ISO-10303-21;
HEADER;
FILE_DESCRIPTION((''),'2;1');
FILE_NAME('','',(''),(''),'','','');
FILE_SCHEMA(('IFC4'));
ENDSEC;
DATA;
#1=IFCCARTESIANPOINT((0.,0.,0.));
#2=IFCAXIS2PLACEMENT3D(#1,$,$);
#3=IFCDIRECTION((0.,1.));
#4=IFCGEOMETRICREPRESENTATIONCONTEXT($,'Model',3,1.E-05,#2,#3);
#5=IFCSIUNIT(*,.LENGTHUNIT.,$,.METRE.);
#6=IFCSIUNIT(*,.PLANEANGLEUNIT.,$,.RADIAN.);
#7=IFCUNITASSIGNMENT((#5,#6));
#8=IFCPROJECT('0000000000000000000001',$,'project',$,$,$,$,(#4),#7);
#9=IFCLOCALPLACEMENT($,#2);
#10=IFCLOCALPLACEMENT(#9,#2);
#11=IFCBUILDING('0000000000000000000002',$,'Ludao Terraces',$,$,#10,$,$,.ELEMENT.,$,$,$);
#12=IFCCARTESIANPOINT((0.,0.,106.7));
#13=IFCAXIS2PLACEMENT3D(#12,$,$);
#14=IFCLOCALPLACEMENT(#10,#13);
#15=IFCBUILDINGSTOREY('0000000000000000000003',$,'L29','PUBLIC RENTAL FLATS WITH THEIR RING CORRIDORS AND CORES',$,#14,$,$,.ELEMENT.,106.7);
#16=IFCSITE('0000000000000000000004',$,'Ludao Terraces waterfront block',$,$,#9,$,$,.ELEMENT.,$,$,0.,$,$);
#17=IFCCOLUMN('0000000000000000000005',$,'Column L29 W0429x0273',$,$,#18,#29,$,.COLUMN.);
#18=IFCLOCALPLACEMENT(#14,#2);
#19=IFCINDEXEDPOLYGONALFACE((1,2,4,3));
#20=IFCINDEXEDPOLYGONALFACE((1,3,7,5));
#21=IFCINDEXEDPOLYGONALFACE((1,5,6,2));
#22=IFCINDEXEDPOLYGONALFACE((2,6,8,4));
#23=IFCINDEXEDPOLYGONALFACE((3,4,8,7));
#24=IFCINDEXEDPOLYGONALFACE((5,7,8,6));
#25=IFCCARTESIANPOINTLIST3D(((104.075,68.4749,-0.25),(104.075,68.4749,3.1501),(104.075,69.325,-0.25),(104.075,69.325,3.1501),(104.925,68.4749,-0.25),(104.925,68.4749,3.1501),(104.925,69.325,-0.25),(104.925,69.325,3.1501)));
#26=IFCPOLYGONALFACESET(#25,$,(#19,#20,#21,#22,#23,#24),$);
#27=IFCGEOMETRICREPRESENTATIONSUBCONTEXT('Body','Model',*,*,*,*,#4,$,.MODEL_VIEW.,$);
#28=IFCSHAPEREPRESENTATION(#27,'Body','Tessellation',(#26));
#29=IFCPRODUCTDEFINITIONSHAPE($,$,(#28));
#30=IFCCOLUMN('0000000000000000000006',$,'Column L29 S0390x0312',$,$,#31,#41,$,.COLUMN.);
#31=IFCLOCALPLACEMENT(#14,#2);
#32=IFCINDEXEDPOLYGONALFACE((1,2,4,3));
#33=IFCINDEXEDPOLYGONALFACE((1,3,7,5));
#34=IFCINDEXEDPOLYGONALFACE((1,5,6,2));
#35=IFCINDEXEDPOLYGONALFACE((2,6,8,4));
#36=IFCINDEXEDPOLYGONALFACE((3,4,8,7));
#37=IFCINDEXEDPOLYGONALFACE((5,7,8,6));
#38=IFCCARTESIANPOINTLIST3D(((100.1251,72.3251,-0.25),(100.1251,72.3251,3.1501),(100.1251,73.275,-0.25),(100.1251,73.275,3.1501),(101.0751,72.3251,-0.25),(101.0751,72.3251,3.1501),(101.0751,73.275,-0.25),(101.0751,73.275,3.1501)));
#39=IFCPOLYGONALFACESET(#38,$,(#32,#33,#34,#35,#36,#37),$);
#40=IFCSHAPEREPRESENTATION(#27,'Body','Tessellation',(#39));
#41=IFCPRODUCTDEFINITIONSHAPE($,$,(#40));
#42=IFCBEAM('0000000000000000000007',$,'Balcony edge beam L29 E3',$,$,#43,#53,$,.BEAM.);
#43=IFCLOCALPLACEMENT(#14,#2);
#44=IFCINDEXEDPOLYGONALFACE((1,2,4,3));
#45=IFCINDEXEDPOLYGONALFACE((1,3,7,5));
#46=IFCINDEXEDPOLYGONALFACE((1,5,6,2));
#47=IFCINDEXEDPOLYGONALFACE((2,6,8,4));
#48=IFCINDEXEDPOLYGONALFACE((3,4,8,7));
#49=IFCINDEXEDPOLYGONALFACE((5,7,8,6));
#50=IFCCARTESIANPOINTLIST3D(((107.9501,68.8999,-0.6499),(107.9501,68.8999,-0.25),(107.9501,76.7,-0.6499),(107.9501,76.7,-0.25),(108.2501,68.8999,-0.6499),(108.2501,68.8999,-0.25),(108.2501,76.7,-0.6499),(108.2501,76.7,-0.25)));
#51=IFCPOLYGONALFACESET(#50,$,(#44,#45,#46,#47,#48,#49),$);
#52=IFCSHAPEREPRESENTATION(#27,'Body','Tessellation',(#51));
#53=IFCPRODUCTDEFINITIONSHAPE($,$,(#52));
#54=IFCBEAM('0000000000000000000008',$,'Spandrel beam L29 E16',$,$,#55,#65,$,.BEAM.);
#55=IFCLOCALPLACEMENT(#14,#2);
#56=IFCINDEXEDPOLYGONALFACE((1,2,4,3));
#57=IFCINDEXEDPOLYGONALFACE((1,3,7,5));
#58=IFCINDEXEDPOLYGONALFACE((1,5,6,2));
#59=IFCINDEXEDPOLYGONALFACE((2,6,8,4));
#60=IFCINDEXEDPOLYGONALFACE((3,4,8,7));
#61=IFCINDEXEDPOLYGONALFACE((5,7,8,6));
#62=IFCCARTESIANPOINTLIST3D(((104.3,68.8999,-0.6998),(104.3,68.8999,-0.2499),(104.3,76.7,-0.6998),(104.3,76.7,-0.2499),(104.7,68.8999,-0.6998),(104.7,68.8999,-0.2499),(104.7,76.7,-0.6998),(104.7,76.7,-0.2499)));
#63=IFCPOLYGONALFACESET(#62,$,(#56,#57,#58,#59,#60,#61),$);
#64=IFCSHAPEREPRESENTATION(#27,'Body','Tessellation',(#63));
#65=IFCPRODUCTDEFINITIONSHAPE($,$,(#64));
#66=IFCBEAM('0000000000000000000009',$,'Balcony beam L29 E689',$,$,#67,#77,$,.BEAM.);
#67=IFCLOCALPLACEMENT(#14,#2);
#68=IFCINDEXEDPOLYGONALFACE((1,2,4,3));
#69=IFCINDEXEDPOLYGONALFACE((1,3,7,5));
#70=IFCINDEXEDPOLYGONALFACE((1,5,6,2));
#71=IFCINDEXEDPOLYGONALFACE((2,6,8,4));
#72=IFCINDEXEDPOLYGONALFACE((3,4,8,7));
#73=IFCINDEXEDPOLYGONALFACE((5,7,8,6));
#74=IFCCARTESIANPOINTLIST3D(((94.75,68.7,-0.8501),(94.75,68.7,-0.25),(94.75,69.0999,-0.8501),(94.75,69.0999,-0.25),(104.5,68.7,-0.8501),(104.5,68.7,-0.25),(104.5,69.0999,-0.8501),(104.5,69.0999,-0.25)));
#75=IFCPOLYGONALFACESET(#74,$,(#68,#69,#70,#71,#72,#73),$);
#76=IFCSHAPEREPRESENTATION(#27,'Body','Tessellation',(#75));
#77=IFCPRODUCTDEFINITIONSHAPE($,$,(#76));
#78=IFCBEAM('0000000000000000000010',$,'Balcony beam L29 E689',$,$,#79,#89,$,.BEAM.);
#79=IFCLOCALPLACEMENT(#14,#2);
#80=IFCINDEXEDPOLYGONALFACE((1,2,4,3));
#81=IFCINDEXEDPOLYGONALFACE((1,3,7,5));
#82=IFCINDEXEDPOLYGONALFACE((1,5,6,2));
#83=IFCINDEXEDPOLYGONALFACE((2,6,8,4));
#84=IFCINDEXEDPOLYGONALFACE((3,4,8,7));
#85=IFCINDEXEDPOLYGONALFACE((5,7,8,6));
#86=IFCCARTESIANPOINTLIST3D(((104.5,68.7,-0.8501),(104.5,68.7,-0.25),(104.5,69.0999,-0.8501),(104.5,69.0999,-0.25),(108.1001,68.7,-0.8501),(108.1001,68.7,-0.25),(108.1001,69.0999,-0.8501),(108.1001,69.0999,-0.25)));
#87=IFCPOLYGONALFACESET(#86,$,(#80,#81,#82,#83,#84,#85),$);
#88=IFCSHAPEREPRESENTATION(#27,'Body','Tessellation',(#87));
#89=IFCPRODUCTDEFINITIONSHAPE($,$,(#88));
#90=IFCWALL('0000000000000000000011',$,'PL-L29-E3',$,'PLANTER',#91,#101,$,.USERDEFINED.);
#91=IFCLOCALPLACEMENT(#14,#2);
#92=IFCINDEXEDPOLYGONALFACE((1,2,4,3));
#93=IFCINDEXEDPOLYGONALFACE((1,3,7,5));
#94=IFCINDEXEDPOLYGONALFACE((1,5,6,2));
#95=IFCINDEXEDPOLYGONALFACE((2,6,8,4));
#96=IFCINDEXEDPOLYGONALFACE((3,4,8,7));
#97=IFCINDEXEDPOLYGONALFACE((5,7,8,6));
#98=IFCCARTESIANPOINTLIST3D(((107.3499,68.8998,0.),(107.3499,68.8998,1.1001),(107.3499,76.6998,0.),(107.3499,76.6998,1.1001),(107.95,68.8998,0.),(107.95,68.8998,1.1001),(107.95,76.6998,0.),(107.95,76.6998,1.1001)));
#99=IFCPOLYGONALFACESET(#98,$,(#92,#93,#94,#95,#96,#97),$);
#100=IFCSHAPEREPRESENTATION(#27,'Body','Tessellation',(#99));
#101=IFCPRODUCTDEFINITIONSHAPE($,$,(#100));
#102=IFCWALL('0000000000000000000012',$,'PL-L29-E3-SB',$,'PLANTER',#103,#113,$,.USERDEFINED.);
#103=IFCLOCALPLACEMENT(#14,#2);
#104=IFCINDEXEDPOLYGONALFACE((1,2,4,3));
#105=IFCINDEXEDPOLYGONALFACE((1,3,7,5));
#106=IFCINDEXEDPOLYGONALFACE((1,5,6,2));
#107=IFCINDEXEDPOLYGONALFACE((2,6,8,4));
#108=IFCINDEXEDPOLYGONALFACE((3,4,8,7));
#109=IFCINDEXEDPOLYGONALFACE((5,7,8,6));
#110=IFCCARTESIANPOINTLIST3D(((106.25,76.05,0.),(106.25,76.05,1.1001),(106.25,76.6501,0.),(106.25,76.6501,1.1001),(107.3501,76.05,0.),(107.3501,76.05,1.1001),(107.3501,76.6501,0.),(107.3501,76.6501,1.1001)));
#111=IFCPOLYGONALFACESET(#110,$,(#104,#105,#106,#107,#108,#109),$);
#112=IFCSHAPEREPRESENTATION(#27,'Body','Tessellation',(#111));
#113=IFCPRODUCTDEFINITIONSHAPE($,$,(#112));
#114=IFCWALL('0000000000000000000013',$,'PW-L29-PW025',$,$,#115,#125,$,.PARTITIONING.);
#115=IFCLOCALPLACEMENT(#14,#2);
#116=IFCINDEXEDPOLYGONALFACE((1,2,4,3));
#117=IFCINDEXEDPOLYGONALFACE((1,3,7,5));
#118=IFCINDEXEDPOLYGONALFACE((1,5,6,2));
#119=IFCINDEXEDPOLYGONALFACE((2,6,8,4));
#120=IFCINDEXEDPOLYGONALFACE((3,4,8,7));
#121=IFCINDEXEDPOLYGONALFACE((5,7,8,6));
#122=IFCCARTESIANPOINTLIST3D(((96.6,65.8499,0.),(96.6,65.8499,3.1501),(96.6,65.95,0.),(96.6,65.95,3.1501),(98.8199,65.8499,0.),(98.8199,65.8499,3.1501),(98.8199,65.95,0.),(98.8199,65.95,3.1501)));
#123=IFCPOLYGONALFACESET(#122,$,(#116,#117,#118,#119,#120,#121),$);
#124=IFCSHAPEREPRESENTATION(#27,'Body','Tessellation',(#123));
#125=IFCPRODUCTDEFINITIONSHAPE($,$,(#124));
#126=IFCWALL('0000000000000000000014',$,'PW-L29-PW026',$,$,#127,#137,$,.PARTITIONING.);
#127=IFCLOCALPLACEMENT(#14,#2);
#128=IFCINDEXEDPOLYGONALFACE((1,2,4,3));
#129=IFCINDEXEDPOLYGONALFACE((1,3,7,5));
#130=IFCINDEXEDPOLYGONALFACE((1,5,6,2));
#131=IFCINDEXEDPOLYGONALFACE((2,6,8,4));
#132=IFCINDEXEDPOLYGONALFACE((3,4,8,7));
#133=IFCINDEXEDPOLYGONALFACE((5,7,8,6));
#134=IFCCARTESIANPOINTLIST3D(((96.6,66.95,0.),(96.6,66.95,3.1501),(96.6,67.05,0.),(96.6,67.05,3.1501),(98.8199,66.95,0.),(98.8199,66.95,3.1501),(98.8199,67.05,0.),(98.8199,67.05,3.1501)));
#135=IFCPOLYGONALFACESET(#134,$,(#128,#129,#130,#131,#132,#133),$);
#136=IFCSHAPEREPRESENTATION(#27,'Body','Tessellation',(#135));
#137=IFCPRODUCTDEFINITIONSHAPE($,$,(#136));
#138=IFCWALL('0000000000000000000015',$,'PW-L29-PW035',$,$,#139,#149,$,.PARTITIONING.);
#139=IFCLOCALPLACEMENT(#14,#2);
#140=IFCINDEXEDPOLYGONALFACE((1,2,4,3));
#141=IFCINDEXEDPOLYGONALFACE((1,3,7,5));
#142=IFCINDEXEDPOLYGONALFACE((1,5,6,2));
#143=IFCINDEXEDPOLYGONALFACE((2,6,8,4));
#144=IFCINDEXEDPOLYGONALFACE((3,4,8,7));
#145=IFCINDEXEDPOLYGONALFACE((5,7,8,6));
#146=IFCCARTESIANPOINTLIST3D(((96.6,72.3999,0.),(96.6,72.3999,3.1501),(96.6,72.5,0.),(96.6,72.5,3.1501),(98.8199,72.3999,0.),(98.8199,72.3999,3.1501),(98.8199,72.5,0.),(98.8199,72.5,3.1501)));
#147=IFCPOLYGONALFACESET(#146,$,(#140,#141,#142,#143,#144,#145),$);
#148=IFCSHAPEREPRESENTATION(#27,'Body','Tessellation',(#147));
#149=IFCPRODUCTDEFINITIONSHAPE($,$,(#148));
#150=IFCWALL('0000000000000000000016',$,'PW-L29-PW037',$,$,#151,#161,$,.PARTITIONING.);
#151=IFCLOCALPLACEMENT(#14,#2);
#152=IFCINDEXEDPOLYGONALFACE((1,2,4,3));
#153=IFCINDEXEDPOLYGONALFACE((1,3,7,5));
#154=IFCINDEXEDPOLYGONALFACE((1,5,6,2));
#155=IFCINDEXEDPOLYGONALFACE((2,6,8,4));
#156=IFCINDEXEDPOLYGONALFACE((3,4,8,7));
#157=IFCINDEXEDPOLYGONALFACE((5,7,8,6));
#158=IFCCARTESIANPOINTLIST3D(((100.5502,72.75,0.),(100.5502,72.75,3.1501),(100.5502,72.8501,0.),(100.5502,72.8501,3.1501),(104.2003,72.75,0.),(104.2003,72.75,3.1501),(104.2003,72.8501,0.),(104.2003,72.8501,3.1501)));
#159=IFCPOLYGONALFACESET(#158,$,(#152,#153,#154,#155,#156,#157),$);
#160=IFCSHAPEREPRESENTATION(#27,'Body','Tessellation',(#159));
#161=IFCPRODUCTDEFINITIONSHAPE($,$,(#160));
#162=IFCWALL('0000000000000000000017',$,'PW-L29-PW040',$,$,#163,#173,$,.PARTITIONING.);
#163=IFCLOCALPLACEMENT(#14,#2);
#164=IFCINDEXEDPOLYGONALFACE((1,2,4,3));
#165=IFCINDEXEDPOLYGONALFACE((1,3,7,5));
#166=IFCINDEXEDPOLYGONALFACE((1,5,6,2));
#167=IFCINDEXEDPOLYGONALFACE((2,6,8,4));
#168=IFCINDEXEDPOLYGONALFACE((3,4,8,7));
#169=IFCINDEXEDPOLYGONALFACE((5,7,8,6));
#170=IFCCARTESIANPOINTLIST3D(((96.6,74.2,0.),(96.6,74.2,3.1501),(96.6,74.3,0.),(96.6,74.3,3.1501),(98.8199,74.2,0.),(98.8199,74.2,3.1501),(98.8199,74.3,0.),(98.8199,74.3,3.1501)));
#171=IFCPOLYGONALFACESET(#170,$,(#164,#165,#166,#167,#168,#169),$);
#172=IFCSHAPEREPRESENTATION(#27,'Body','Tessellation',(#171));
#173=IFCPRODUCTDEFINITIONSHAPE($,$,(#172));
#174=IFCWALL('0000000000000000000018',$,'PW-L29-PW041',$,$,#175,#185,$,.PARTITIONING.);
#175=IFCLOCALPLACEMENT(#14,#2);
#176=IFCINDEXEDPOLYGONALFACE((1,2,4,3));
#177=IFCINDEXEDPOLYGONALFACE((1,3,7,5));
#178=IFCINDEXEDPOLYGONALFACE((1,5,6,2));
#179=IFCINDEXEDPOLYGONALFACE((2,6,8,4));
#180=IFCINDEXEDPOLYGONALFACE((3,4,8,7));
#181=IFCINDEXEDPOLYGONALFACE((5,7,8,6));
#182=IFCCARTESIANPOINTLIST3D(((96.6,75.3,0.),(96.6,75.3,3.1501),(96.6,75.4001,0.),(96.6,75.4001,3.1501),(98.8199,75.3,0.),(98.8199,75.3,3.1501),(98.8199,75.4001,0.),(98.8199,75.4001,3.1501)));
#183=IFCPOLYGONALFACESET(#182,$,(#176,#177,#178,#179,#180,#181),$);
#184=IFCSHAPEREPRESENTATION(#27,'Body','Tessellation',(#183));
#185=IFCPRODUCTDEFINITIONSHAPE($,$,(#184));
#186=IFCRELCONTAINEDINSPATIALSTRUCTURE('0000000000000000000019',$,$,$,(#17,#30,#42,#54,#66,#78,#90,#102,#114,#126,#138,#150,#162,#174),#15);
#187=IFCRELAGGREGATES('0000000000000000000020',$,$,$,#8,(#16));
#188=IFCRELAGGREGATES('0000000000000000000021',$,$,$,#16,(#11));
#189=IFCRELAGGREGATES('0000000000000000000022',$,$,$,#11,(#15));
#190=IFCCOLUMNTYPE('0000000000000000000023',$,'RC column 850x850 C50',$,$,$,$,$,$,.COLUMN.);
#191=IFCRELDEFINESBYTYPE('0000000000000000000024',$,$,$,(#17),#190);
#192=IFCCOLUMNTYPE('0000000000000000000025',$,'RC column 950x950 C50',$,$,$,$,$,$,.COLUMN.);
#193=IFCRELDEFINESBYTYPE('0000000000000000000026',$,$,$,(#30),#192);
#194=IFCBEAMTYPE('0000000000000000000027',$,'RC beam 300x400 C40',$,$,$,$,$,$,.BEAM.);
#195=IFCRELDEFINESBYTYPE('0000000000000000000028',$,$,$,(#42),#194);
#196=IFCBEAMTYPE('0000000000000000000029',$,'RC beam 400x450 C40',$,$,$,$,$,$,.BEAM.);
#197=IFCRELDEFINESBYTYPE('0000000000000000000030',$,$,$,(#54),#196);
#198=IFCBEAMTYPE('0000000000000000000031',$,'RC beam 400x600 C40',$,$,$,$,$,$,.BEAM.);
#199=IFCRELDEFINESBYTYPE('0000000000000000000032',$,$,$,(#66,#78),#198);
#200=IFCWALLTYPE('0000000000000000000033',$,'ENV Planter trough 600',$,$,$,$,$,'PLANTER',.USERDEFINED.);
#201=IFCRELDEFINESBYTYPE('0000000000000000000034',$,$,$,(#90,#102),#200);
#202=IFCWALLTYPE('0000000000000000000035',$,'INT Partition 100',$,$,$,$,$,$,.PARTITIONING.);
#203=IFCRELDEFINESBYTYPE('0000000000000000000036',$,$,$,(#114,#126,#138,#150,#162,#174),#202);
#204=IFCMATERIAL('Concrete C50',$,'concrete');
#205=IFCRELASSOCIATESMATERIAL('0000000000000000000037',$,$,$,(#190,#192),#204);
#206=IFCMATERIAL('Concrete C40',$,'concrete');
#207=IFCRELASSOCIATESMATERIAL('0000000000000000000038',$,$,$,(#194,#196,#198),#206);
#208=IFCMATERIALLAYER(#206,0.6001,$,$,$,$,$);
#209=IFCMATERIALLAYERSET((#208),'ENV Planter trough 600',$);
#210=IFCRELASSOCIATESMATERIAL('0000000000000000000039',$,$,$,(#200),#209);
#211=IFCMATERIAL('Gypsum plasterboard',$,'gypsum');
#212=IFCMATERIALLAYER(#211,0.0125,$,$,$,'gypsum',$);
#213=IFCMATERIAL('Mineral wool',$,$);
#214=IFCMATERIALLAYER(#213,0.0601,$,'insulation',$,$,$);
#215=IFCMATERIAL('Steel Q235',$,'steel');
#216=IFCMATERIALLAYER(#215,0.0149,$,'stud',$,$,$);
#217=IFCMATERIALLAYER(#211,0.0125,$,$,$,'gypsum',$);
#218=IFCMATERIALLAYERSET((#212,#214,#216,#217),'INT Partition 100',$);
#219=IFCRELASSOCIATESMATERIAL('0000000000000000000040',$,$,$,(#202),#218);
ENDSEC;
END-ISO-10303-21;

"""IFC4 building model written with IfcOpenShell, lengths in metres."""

from ifc_helpers import new_model, si_unit, direction, frame, frame_2d, origin, origin_2d, place, context, subcontext, project, spatial, rectangle, extrude, material, layer, layer_set, material_profile, profile_set, type_object, element, save


model = new_model("IFC4")

# Units and contexts
model_context = context("Model", 3, precision=1e-05, world=origin(), true_north=direction((0.0, 1.0)))
body_context = subcontext(model_context, "Body", "Model", "MODEL_VIEW")
ifc_project = project(units=[si_unit("LENGTHUNIT", "METRE"), si_unit("PLANEANGLEUNIT", "RADIAN")], contexts=[model_context])

# Site, building, storey
site_placement = place(None, origin())
site = spatial("IfcSite", under=ifc_project, at=site_placement, Name="Ludao Terraces waterfront block", CompositionType="ELEMENT", RefElevation=0.0)
building_placement = place(site_placement, origin())
building = spatial("IfcBuilding", under=site, at=building_placement, Name="Ludao Terraces", CompositionType="ELEMENT")
storey_placement = place(building_placement, frame((0.0, 0.0, 106.7)))
storey = spatial("IfcBuildingStorey", under=building, at=storey_placement, Name="L29", Description="PUBLIC RENTAL FLATS WITH THEIR RING CORRIDORS AND CORES", CompositionType="ELEMENT", Elevation=106.7)

# Columns
ifc_material_1 = material(Name="Concrete C50", Category="concrete")
ifc_material_profile_1 = material_profile(ifc_material_1, rectangle(XDim=0.8501, YDim=0.8501, at=origin_2d()), Name="850 X 850")
ifc_profile_set_1 = profile_set([ifc_material_profile_1], Name="Concrete C50")
column_type_1 = type_object("IfcColumnType", Name="RC column 850x850 C50", PredefinedType="COLUMN", material=ifc_profile_set_1)
column_1_placement = place(storey_placement, frame((104.5, 68.8999, -0.25), z_axis=(0.0, 0.0, 1.0), x_axis=(1.0, 0.0, 0.0)))
element("IfcColumn", 1, at=column_1_placement, inside=storey, type_object=column_type_1, Name="Column L29 W0429x0273", PredefinedType="COLUMN", context=body_context, shape_type="SweptSolid", body=[
    extrude(rectangle(XDim=0.8501, YDim=0.8501, at=origin_2d()), origin(), (0.0, 0.0, 1.0), 3.4001),
])
ifc_material_profile_2 = material_profile(ifc_material_1, rectangle(XDim=0.95, YDim=0.95, at=origin_2d()), Name="950 X 950")
ifc_profile_set_2 = profile_set([ifc_material_profile_2], Name="Concrete C50")
column_type_2 = type_object("IfcColumnType", Name="RC column 950x950 C50", PredefinedType="COLUMN", material=ifc_profile_set_2)
column_2_placement = place(storey_placement, frame((100.6001, 72.8, -0.25), z_axis=(0.0, 0.0, 1.0), x_axis=(1.0, 0.0, 0.0)))
element("IfcColumn", 2, at=column_2_placement, inside=storey, type_object=column_type_2, Name="Column L29 S0390x0312", PredefinedType="COLUMN", context=body_context, shape_type="SweptSolid", body=[
    extrude(rectangle(XDim=0.95, YDim=0.95, at=origin_2d()), origin(), (0.0, 0.0, 1.0), 3.4001),
])

# Beams
ifc_material_2 = material(Name="Concrete C40", Category="concrete")
ifc_material_profile_3 = material_profile(ifc_material_2, rectangle(XDim=0.3, YDim=0.3999, at=origin_2d()), Name="300 X 400")
ifc_profile_set_3 = profile_set([ifc_material_profile_3], Name="Concrete C40")
beam_type_1 = type_object("IfcBeamType", Name="RC beam 300x400 C40", PredefinedType="BEAM", material=ifc_profile_set_3)
beam_1_placement = place(storey_placement, frame((108.1001, 68.8999, -0.45), z_axis=(0.0, 1.0, 0.0), x_axis=(-1.0, 0.0, 0.0)))
element("IfcBeam", 3, at=beam_1_placement, inside=storey, type_object=beam_type_1, Name="Balcony edge beam L29 E3", PredefinedType="BEAM", context=body_context, shape_type="SweptSolid", body=[
    extrude(rectangle(XDim=0.3, YDim=0.3999, at=origin_2d()), origin(), (0.0, 0.0, 1.0), 7.8),
])
ifc_material_profile_4 = material_profile(ifc_material_2, rectangle(XDim=0.3999, YDim=0.45, at=origin_2d()), Name="400 X 450")
ifc_profile_set_4 = profile_set([ifc_material_profile_4], Name="Concrete C40")
beam_type_2 = type_object("IfcBeamType", Name="RC beam 400x450 C40", PredefinedType="BEAM", material=ifc_profile_set_4)
beam_2_placement = place(storey_placement, frame((104.5, 68.8999, -0.4749), z_axis=(0.0, 1.0, 0.0), x_axis=(-1.0, 0.0, 0.0)))
element("IfcBeam", 4, at=beam_2_placement, inside=storey, type_object=beam_type_2, Name="Spandrel beam L29 E16", PredefinedType="BEAM", context=body_context, shape_type="SweptSolid", body=[
    extrude(rectangle(XDim=0.3999, YDim=0.45, at=origin_2d()), origin(), (0.0, 0.0, 1.0), 7.8),
])
ifc_material_profile_5 = material_profile(ifc_material_2, rectangle(XDim=0.3999, YDim=0.6001, at=origin_2d()), Name="400 X 600")
ifc_profile_set_5 = profile_set([ifc_material_profile_5], Name="Concrete C40")
beam_type_3 = type_object("IfcBeamType", Name="RC beam 400x600 C40", PredefinedType="BEAM", material=ifc_profile_set_5)
beam_3_placement = place(storey_placement, frame((94.75, 68.8999, -0.55), z_axis=(1.0, 0.0, 0.0), x_axis=(0.0, 1.0, 0.0)))
element("IfcBeam", 5, at=beam_3_placement, inside=storey, type_object=beam_type_3, Name="Balcony beam L29 E689", PredefinedType="BEAM", context=body_context, shape_type="SweptSolid", body=[
    extrude(rectangle(XDim=0.3999, YDim=0.6001, at=origin_2d()), origin(), (0.0, 0.0, 1.0), 9.75),
])
beam_4_placement = place(storey_placement, frame((104.5, 68.8999, -0.55), z_axis=(1.0, 0.0, 0.0), x_axis=(0.0, 1.0, 0.0)))
element("IfcBeam", 6, at=beam_4_placement, inside=storey, type_object=beam_type_3, Name="Balcony beam L29 E689", PredefinedType="BEAM", context=body_context, shape_type="SweptSolid", body=[
    extrude(rectangle(XDim=0.3999, YDim=0.6001, at=origin_2d()), origin(), (0.0, 0.0, 1.0), 3.6001),
])

# Walls
ifc_layer_1 = layer(ifc_material_2, 0.6001)
ifc_layer_set_1 = layer_set([ifc_layer_1], Name="ENV Planter trough 600")
wall_type_1 = type_object("IfcWallType", Name="ENV Planter trough 600", ElementType="PLANTER", PredefinedType="USERDEFINED", material=ifc_layer_set_1)
wall_1_placement = place(storey_placement, frame((107.6499, 68.8999, 0.0), z_axis=(0.0, 0.0, 1.0), x_axis=(0.0, 1.0, 0.0)))
element("IfcWall", 7, at=wall_1_placement, inside=storey, type_object=wall_type_1, Name="PL-L29-E3", ObjectType="PLANTER", PredefinedType="USERDEFINED", context=body_context, shape_type="SweptSolid", body=[
    extrude(rectangle(XDim=7.8, YDim=0.6001, at=frame_2d((3.8999, 0.0))), origin(), (0.0, 0.0, 1.0), 1.1001),
])
wall_2_placement = place(storey_placement, frame((107.3501, 76.3501, 0.0), z_axis=(0.0, 0.0, 1.0), x_axis=(-1.0, 0.0, 0.0)))
element("IfcWall", 8, at=wall_2_placement, inside=storey, type_object=wall_type_1, Name="PL-L29-E3-SB", ObjectType="PLANTER", PredefinedType="USERDEFINED", context=body_context, shape_type="SweptSolid", body=[
    extrude(rectangle(XDim=1.1001, YDim=0.6001, at=frame_2d((0.55, 0.0))), origin(), (0.0, 0.0, 1.0), 1.1001),
])

# Shared definitions
ifc_material_3 = material(Name="Mineral wool")

# Walls
ifc_material_4 = material(Name="Gypsum plasterboard", Category="gypsum")
ifc_layer_2 = layer(ifc_material_4, 0.0125, Category="gypsum")
ifc_layer_3 = layer(ifc_material_3, 0.0601, Name="insulation")
ifc_material_5 = material(Name="Steel Q235", Category="steel")
ifc_layer_4 = layer(ifc_material_5, 0.0149, Name="stud")
ifc_layer_5 = layer(ifc_material_4, 0.0125, Category="gypsum")
ifc_layer_set_2 = layer_set([ifc_layer_2, ifc_layer_3, ifc_layer_4, ifc_layer_5], Name="INT Partition 100")
wall_type_2 = type_object("IfcWallType", Name="INT Partition 100", PredefinedType="PARTITIONING", material=ifc_layer_set_2)
for number, where, z_axis, x_axis, name in (
    (9, (96.6001, 65.8999, 0.0), (0.0, 0.0, 1.0), (1.0, 0.0, 0.0), "PW-L29-PW025"),
    (10, (96.6001, 67.0, 0.0), (0.0, 0.0, 1.0), (1.0, 0.0, 0.0), "PW-L29-PW026"),
    (11, (96.6001, 72.45, 0.0), (0.0, 0.0, 1.0), (1.0, 0.0, 0.0), "PW-L29-PW035"),
):
    element("IfcWall", number, at=place(storey_placement, frame(where, z_axis=z_axis, x_axis=x_axis)), inside=storey, type_object=wall_type_2, Name=name, PredefinedType="PARTITIONING", context=body_context, shape_type="SweptSolid", body=[
        extrude(rectangle(XDim=2.22, YDim=0.1001, at=frame_2d((1.1099, 0.0))), origin(), (0.0, 0.0, 1.0), 3.1501),
    ])
wall_3_placement = place(storey_placement, frame((100.55, 72.8, 0.0), z_axis=(0.0, 0.0, 1.0), x_axis=(1.0, 0.0, 0.0)))
element("IfcWall", 12, at=wall_3_placement, inside=storey, type_object=wall_type_2, Name="PW-L29-PW037", PredefinedType="PARTITIONING", context=body_context, shape_type="SweptSolid", body=[
    extrude(rectangle(XDim=3.6501, YDim=0.1001, at=frame_2d((1.8252, 0.0))), origin(), (0.0, 0.0, 1.0), 3.1501),
])
for number, where, z_axis, x_axis, name in (
    (13, (96.6001, 74.25, 0.0), (0.0, 0.0, 1.0), (1.0, 0.0, 0.0), "PW-L29-PW040"),
    (14, (96.6001, 75.3501, 0.0), (0.0, 0.0, 1.0), (1.0, 0.0, 0.0), "PW-L29-PW041"),
):
    element("IfcWall", number, at=place(storey_placement, frame(where, z_axis=z_axis, x_axis=x_axis)), inside=storey, type_object=wall_type_2, Name=name, PredefinedType="PARTITIONING", context=body_context, shape_type="SweptSolid", body=[
        extrude(rectangle(XDim=2.22, YDim=0.1001, at=frame_2d((1.1099, 0.0))), origin(), (0.0, 0.0, 1.0), 3.1501),
    ])

save(model, "model.ifc")
